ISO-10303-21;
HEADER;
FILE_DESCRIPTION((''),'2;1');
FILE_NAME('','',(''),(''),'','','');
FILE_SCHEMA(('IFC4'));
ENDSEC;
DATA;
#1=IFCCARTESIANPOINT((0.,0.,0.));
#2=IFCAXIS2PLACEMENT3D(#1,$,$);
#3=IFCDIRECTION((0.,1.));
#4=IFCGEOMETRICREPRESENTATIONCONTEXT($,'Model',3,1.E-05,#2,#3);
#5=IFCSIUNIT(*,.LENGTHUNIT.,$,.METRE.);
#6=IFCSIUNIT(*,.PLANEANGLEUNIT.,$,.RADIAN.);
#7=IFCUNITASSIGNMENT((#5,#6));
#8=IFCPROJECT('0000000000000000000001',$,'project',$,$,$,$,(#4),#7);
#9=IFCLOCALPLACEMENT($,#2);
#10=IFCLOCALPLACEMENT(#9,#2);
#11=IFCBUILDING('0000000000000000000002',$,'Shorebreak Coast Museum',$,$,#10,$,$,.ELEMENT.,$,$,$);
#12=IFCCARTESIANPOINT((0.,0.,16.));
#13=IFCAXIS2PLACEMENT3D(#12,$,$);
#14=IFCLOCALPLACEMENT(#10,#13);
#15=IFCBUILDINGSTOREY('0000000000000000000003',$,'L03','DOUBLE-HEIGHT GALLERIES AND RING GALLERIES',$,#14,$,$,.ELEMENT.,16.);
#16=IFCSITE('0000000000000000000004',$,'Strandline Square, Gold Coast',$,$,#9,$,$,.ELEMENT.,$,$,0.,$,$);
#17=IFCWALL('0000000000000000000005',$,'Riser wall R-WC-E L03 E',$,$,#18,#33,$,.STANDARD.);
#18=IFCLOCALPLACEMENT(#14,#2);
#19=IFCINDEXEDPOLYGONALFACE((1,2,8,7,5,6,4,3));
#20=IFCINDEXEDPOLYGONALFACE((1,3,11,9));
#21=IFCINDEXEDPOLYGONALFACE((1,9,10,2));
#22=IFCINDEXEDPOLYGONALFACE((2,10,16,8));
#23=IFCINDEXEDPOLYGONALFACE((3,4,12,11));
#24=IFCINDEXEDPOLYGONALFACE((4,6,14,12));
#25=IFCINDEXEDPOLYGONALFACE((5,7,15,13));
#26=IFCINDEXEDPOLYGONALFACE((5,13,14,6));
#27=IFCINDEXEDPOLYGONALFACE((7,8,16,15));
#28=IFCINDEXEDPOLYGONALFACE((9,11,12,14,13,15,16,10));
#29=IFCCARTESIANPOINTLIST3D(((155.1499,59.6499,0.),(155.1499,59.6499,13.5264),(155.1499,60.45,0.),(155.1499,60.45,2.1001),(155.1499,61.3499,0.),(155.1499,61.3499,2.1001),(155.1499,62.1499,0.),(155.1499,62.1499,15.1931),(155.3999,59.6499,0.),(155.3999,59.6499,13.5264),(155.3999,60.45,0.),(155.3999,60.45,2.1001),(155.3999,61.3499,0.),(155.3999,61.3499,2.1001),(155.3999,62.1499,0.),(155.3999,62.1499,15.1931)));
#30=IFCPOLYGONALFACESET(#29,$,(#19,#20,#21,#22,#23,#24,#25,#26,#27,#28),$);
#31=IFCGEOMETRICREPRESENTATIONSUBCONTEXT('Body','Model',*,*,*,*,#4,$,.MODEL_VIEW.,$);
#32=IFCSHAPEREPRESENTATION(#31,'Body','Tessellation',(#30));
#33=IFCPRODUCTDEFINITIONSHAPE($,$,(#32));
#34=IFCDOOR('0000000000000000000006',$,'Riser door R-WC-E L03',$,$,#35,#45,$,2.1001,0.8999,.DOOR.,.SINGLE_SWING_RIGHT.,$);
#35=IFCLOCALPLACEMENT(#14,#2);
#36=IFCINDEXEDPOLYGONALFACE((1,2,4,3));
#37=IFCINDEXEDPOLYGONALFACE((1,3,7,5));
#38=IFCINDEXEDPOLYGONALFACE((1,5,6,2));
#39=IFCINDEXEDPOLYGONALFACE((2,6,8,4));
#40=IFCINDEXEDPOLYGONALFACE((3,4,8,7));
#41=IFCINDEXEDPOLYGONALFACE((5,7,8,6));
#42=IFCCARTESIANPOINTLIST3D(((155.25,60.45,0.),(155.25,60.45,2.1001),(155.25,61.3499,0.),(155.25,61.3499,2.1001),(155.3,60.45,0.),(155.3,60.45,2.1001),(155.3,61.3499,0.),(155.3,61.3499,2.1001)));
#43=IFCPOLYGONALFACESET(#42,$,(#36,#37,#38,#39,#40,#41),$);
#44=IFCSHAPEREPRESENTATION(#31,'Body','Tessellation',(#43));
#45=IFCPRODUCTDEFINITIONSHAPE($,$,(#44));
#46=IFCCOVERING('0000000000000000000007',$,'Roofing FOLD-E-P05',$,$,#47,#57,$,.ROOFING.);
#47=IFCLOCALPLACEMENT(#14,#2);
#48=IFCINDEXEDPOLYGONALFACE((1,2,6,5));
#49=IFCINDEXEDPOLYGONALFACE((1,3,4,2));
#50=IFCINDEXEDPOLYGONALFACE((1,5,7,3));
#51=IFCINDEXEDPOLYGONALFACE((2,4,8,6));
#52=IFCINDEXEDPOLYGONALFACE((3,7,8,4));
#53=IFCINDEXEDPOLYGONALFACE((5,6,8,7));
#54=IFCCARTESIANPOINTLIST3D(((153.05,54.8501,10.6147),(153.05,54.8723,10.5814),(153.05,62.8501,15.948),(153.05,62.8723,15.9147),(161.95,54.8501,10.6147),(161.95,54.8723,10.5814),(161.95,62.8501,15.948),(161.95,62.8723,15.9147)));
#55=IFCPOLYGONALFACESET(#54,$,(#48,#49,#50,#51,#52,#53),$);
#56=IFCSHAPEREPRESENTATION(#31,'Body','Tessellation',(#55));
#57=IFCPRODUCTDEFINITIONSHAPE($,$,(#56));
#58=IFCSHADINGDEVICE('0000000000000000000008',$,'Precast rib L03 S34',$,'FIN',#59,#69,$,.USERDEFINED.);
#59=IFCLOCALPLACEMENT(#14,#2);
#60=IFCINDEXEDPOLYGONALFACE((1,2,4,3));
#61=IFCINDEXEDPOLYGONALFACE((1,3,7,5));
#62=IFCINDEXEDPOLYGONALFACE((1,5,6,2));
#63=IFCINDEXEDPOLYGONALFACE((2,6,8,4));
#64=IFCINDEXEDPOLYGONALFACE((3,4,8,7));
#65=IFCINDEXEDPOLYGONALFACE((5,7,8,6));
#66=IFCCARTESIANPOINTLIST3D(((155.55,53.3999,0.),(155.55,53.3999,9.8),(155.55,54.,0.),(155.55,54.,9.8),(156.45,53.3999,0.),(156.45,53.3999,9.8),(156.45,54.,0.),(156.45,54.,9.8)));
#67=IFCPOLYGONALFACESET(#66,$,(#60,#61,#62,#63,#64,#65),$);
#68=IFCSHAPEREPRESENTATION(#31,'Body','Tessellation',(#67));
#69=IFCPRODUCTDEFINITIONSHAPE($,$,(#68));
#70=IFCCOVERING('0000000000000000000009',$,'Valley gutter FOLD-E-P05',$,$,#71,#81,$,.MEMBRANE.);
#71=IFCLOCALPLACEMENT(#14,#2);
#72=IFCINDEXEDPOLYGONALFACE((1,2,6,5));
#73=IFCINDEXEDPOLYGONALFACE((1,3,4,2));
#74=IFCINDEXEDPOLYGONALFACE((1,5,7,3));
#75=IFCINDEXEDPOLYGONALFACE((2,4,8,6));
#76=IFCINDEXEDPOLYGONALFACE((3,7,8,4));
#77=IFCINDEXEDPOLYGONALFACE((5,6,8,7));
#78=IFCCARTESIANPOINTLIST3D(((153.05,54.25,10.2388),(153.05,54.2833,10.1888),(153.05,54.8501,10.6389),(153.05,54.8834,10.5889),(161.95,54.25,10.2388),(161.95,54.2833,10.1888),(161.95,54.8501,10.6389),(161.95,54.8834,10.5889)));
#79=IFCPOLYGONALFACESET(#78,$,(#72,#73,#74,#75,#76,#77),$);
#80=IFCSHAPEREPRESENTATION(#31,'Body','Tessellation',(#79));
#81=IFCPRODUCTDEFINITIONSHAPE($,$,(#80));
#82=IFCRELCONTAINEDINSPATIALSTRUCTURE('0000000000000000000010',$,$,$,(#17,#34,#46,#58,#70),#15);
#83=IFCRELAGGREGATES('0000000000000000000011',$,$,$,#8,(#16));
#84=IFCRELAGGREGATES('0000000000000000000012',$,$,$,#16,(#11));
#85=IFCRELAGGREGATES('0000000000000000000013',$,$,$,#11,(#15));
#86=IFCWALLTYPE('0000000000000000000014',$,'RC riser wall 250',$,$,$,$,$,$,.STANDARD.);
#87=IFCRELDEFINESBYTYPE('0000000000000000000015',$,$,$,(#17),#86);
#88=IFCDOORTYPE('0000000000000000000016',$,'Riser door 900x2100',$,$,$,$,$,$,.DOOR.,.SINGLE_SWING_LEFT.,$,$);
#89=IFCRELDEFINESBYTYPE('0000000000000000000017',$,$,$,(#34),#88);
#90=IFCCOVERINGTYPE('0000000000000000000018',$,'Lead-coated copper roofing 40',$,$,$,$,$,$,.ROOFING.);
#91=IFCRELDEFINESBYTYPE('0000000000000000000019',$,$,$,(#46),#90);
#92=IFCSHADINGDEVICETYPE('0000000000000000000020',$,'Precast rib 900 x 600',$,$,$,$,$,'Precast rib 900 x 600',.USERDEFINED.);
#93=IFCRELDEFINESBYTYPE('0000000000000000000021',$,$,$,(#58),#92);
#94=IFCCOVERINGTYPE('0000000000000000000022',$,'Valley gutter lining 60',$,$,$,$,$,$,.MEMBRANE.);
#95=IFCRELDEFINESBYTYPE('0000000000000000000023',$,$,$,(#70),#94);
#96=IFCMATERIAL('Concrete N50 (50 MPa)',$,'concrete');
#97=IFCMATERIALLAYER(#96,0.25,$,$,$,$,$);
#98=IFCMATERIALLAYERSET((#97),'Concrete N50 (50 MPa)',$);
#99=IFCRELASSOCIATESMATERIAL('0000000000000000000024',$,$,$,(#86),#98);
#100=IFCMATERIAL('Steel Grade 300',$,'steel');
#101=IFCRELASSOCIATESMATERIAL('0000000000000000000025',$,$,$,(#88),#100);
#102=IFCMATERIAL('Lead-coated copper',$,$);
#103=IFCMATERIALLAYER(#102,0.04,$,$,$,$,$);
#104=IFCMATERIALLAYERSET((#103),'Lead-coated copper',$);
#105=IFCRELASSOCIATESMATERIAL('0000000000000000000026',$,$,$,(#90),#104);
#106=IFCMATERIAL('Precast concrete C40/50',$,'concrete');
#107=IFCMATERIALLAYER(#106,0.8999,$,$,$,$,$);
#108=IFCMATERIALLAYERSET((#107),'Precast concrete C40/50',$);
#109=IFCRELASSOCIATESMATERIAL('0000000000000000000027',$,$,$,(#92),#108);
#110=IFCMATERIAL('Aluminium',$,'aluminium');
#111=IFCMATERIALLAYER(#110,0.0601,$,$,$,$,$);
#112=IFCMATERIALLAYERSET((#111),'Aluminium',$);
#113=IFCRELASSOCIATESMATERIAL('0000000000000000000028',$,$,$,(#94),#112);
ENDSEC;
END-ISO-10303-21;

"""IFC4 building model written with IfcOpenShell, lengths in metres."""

from ifc_helpers import new_model, si_unit, direction, frame, frame_2d, origin, origin_2d, place, context, subcontext, project, spatial, polyline, rectangle, outline, extrude, material, layer, layer_set, type_object, element, fill, save


model = new_model("IFC4")

# Units and contexts
model_context = context("Model", 3, precision=1e-05, world=origin(), true_north=direction((0.0, 1.0)))
body_context = subcontext(model_context, "Body", "Model", "MODEL_VIEW")
ifc_project = project(units=[si_unit("LENGTHUNIT", "METRE"), si_unit("PLANEANGLEUNIT", "RADIAN")], contexts=[model_context])

# Site, building, storey
site_placement = place(None, origin())
site = spatial("IfcSite", under=ifc_project, at=site_placement, Name="Strandline Square, Gold Coast", CompositionType="ELEMENT", RefElevation=0.0)
building_placement = place(site_placement, origin())
building = spatial("IfcBuilding", under=site, at=building_placement, Name="Shorebreak Coast Museum", CompositionType="ELEMENT")
storey_placement = place(building_placement, frame((0.0, 0.0, 16.0)))
storey = spatial("IfcBuildingStorey", under=building, at=storey_placement, Name="L03", Description="DOUBLE-HEIGHT GALLERIES AND RING GALLERIES", CompositionType="ELEMENT", Elevation=16.0)

# Shared definitions
ifc_material_1 = material(Name="Concrete N50 (50 MPa)", Category="concrete")
ifc_layer_1 = layer(ifc_material_1, 0.25)
ifc_layer_set_1 = layer_set([ifc_layer_1], Name="Concrete N50 (50 MPa)")
wall_type_1 = type_object("IfcWallType", Name="RC riser wall 250", PredefinedType="STANDARD", material=ifc_layer_set_1)

# Wall, opening, door
wall_1_placement = place(storey_placement, frame((155.2749, 59.6499, 0.0), z_axis=(0.0, 0.0, 1.0), x_axis=(0.0, 1.0, 0.0)))
wall_1 = element("IfcWall", 1, at=wall_1_placement, inside=storey, type_object=wall_type_1, Name="Riser wall R-WC-E L03 E", PredefinedType="STANDARD", context=body_context, shape_type="SweptSolid", body=[
    extrude(outline(polyline([(0.0, 0.0), (2.5, 0.0), (2.5, 15.1931), (0.0, 13.5264), (0.0, 0.0)])), frame((0.0, 0.125, 0.0), z_axis=(0.0, -1.0, 0.0), x_axis=(1.0, 0.0, 0.0)), (0.0, 0.0, 1.0), 0.25),
])
opening_1_placement = place(wall_1_placement, frame((0.8, 0.0, 0.0)))
opening_1 = element("IfcOpeningElement", 2, at=opening_1_placement, cuts=wall_1, PredefinedType="OPENING", context=body_context, shape_type="SweptSolid", body=[
    extrude(rectangle(XDim=0.8999, YDim=2.1001, at=frame_2d((0.45, 1.05))), frame((0.0, 0.135, 0.0), z_axis=(0.0, -1.0, 0.0), x_axis=(1.0, 0.0, 0.0)), (0.0, 0.0, 1.0), 0.27),
])
ifc_material_2 = material(Name="Steel Grade 300", Category="steel")
door_type_1 = type_object("IfcDoorType", Name="Riser door 900x2100", OperationType="SINGLE_SWING_LEFT", PredefinedType="DOOR", material=ifc_material_2)
door_1_placement = place(opening_1_placement, origin())
door_1 = element("IfcDoor", 3, at=door_1_placement, inside=storey, type_object=door_type_1, Name="Riser door R-WC-E L03", OperationType="SINGLE_SWING_RIGHT", OverallHeight=2.1001, OverallWidth=0.8999, PredefinedType="DOOR", context=body_context, shape_type="SweptSolid", body=[
    extrude(rectangle(XDim=0.8999, YDim=2.1001, at=frame_2d((0.45, 1.05))), frame((0.0, 0.0249, 0.0), z_axis=(0.0, -1.0, 0.0), x_axis=(1.0, 0.0, 0.0)), (0.0, 0.0, 1.0), 0.05),
])
fill(opening_1, door_1)

# Covering
ifc_material_3 = material(Name="Lead-coated copper")
ifc_layer_2 = layer(ifc_material_3, 0.04)
ifc_layer_set_2 = layer_set([ifc_layer_2], Name="Lead-coated copper")
covering_type_1 = type_object("IfcCoveringType", Name="Lead-coated copper roofing 40", PredefinedType="ROOFING", material=ifc_layer_set_2)
covering_1_placement = place(storey_placement, frame((153.05, 54.8501, 10.6147), z_axis=(0.0, -0.554694, 0.832054), x_axis=(1.0, 0.0, 0.0)))
element("IfcCovering", 4, at=covering_1_placement, inside=storey, type_object=covering_type_1, Name="Roofing FOLD-E-P05", PredefinedType="ROOFING", context=body_context, shape_type="SweptSolid", body=[
    extrude(outline(polyline([(0.0, 0.0), (8.8999, 0.0), (8.8999, 9.6148), (0.0, 9.6148), (0.0, 0.0)])), origin(), (0.0, 0.0, -1.0), 0.04),
])

# Shading device
ifc_material_4 = material(Name="Precast concrete C40/50", Category="concrete")
ifc_layer_3 = layer(ifc_material_4, 0.8999)
ifc_layer_set_3 = layer_set([ifc_layer_3], Name="Precast concrete C40/50")
shading_device_type = type_object("IfcShadingDeviceType", Name="Precast rib 900 x 600", ElementType="Precast rib 900 x 600", PredefinedType="USERDEFINED", material=ifc_layer_set_3)
shading_device_placement = place(storey_placement, frame((156.0, 53.7, 0.0), z_axis=(0.0, 0.0, 1.0), x_axis=(1.0, 0.0, 0.0)))
element("IfcShadingDevice", 5, at=shading_device_placement, inside=storey, type_object=shading_device_type, Name="Precast rib L03 S34", ObjectType="FIN", PredefinedType="USERDEFINED", context=body_context, shape_type="SweptSolid", body=[
    extrude(rectangle(XDim=0.8999, YDim=0.6001, at=origin_2d()), origin(), (0.0, 0.0, 1.0), 9.8),
])

# Covering
ifc_material_5 = material(Name="Aluminium", Category="aluminium")
ifc_layer_4 = layer(ifc_material_5, 0.0601)
ifc_layer_set_4 = layer_set([ifc_layer_4], Name="Aluminium")
covering_type_2 = type_object("IfcCoveringType", Name="Valley gutter lining 60", PredefinedType="MEMBRANE", material=ifc_layer_set_4)
covering_2_placement = place(storey_placement, frame((153.05, 54.25, 10.2388), z_axis=(0.0, -0.554778, 0.831998), x_axis=(1.0, 0.0, 0.0)))
element("IfcCovering", 6, at=covering_2_placement, inside=storey, type_object=covering_type_2, Name="Valley gutter FOLD-E-P05", PredefinedType="MEMBRANE", context=body_context, shape_type="SweptSolid", body=[
    extrude(outline(polyline([(0.0, 0.0), (8.8999, 0.0), (8.8999, 0.7213), (0.0, 0.7213), (0.0, 0.0)])), origin(), (0.0, 0.0, -1.0), 0.0601),
])

save(model, "model.ifc")
